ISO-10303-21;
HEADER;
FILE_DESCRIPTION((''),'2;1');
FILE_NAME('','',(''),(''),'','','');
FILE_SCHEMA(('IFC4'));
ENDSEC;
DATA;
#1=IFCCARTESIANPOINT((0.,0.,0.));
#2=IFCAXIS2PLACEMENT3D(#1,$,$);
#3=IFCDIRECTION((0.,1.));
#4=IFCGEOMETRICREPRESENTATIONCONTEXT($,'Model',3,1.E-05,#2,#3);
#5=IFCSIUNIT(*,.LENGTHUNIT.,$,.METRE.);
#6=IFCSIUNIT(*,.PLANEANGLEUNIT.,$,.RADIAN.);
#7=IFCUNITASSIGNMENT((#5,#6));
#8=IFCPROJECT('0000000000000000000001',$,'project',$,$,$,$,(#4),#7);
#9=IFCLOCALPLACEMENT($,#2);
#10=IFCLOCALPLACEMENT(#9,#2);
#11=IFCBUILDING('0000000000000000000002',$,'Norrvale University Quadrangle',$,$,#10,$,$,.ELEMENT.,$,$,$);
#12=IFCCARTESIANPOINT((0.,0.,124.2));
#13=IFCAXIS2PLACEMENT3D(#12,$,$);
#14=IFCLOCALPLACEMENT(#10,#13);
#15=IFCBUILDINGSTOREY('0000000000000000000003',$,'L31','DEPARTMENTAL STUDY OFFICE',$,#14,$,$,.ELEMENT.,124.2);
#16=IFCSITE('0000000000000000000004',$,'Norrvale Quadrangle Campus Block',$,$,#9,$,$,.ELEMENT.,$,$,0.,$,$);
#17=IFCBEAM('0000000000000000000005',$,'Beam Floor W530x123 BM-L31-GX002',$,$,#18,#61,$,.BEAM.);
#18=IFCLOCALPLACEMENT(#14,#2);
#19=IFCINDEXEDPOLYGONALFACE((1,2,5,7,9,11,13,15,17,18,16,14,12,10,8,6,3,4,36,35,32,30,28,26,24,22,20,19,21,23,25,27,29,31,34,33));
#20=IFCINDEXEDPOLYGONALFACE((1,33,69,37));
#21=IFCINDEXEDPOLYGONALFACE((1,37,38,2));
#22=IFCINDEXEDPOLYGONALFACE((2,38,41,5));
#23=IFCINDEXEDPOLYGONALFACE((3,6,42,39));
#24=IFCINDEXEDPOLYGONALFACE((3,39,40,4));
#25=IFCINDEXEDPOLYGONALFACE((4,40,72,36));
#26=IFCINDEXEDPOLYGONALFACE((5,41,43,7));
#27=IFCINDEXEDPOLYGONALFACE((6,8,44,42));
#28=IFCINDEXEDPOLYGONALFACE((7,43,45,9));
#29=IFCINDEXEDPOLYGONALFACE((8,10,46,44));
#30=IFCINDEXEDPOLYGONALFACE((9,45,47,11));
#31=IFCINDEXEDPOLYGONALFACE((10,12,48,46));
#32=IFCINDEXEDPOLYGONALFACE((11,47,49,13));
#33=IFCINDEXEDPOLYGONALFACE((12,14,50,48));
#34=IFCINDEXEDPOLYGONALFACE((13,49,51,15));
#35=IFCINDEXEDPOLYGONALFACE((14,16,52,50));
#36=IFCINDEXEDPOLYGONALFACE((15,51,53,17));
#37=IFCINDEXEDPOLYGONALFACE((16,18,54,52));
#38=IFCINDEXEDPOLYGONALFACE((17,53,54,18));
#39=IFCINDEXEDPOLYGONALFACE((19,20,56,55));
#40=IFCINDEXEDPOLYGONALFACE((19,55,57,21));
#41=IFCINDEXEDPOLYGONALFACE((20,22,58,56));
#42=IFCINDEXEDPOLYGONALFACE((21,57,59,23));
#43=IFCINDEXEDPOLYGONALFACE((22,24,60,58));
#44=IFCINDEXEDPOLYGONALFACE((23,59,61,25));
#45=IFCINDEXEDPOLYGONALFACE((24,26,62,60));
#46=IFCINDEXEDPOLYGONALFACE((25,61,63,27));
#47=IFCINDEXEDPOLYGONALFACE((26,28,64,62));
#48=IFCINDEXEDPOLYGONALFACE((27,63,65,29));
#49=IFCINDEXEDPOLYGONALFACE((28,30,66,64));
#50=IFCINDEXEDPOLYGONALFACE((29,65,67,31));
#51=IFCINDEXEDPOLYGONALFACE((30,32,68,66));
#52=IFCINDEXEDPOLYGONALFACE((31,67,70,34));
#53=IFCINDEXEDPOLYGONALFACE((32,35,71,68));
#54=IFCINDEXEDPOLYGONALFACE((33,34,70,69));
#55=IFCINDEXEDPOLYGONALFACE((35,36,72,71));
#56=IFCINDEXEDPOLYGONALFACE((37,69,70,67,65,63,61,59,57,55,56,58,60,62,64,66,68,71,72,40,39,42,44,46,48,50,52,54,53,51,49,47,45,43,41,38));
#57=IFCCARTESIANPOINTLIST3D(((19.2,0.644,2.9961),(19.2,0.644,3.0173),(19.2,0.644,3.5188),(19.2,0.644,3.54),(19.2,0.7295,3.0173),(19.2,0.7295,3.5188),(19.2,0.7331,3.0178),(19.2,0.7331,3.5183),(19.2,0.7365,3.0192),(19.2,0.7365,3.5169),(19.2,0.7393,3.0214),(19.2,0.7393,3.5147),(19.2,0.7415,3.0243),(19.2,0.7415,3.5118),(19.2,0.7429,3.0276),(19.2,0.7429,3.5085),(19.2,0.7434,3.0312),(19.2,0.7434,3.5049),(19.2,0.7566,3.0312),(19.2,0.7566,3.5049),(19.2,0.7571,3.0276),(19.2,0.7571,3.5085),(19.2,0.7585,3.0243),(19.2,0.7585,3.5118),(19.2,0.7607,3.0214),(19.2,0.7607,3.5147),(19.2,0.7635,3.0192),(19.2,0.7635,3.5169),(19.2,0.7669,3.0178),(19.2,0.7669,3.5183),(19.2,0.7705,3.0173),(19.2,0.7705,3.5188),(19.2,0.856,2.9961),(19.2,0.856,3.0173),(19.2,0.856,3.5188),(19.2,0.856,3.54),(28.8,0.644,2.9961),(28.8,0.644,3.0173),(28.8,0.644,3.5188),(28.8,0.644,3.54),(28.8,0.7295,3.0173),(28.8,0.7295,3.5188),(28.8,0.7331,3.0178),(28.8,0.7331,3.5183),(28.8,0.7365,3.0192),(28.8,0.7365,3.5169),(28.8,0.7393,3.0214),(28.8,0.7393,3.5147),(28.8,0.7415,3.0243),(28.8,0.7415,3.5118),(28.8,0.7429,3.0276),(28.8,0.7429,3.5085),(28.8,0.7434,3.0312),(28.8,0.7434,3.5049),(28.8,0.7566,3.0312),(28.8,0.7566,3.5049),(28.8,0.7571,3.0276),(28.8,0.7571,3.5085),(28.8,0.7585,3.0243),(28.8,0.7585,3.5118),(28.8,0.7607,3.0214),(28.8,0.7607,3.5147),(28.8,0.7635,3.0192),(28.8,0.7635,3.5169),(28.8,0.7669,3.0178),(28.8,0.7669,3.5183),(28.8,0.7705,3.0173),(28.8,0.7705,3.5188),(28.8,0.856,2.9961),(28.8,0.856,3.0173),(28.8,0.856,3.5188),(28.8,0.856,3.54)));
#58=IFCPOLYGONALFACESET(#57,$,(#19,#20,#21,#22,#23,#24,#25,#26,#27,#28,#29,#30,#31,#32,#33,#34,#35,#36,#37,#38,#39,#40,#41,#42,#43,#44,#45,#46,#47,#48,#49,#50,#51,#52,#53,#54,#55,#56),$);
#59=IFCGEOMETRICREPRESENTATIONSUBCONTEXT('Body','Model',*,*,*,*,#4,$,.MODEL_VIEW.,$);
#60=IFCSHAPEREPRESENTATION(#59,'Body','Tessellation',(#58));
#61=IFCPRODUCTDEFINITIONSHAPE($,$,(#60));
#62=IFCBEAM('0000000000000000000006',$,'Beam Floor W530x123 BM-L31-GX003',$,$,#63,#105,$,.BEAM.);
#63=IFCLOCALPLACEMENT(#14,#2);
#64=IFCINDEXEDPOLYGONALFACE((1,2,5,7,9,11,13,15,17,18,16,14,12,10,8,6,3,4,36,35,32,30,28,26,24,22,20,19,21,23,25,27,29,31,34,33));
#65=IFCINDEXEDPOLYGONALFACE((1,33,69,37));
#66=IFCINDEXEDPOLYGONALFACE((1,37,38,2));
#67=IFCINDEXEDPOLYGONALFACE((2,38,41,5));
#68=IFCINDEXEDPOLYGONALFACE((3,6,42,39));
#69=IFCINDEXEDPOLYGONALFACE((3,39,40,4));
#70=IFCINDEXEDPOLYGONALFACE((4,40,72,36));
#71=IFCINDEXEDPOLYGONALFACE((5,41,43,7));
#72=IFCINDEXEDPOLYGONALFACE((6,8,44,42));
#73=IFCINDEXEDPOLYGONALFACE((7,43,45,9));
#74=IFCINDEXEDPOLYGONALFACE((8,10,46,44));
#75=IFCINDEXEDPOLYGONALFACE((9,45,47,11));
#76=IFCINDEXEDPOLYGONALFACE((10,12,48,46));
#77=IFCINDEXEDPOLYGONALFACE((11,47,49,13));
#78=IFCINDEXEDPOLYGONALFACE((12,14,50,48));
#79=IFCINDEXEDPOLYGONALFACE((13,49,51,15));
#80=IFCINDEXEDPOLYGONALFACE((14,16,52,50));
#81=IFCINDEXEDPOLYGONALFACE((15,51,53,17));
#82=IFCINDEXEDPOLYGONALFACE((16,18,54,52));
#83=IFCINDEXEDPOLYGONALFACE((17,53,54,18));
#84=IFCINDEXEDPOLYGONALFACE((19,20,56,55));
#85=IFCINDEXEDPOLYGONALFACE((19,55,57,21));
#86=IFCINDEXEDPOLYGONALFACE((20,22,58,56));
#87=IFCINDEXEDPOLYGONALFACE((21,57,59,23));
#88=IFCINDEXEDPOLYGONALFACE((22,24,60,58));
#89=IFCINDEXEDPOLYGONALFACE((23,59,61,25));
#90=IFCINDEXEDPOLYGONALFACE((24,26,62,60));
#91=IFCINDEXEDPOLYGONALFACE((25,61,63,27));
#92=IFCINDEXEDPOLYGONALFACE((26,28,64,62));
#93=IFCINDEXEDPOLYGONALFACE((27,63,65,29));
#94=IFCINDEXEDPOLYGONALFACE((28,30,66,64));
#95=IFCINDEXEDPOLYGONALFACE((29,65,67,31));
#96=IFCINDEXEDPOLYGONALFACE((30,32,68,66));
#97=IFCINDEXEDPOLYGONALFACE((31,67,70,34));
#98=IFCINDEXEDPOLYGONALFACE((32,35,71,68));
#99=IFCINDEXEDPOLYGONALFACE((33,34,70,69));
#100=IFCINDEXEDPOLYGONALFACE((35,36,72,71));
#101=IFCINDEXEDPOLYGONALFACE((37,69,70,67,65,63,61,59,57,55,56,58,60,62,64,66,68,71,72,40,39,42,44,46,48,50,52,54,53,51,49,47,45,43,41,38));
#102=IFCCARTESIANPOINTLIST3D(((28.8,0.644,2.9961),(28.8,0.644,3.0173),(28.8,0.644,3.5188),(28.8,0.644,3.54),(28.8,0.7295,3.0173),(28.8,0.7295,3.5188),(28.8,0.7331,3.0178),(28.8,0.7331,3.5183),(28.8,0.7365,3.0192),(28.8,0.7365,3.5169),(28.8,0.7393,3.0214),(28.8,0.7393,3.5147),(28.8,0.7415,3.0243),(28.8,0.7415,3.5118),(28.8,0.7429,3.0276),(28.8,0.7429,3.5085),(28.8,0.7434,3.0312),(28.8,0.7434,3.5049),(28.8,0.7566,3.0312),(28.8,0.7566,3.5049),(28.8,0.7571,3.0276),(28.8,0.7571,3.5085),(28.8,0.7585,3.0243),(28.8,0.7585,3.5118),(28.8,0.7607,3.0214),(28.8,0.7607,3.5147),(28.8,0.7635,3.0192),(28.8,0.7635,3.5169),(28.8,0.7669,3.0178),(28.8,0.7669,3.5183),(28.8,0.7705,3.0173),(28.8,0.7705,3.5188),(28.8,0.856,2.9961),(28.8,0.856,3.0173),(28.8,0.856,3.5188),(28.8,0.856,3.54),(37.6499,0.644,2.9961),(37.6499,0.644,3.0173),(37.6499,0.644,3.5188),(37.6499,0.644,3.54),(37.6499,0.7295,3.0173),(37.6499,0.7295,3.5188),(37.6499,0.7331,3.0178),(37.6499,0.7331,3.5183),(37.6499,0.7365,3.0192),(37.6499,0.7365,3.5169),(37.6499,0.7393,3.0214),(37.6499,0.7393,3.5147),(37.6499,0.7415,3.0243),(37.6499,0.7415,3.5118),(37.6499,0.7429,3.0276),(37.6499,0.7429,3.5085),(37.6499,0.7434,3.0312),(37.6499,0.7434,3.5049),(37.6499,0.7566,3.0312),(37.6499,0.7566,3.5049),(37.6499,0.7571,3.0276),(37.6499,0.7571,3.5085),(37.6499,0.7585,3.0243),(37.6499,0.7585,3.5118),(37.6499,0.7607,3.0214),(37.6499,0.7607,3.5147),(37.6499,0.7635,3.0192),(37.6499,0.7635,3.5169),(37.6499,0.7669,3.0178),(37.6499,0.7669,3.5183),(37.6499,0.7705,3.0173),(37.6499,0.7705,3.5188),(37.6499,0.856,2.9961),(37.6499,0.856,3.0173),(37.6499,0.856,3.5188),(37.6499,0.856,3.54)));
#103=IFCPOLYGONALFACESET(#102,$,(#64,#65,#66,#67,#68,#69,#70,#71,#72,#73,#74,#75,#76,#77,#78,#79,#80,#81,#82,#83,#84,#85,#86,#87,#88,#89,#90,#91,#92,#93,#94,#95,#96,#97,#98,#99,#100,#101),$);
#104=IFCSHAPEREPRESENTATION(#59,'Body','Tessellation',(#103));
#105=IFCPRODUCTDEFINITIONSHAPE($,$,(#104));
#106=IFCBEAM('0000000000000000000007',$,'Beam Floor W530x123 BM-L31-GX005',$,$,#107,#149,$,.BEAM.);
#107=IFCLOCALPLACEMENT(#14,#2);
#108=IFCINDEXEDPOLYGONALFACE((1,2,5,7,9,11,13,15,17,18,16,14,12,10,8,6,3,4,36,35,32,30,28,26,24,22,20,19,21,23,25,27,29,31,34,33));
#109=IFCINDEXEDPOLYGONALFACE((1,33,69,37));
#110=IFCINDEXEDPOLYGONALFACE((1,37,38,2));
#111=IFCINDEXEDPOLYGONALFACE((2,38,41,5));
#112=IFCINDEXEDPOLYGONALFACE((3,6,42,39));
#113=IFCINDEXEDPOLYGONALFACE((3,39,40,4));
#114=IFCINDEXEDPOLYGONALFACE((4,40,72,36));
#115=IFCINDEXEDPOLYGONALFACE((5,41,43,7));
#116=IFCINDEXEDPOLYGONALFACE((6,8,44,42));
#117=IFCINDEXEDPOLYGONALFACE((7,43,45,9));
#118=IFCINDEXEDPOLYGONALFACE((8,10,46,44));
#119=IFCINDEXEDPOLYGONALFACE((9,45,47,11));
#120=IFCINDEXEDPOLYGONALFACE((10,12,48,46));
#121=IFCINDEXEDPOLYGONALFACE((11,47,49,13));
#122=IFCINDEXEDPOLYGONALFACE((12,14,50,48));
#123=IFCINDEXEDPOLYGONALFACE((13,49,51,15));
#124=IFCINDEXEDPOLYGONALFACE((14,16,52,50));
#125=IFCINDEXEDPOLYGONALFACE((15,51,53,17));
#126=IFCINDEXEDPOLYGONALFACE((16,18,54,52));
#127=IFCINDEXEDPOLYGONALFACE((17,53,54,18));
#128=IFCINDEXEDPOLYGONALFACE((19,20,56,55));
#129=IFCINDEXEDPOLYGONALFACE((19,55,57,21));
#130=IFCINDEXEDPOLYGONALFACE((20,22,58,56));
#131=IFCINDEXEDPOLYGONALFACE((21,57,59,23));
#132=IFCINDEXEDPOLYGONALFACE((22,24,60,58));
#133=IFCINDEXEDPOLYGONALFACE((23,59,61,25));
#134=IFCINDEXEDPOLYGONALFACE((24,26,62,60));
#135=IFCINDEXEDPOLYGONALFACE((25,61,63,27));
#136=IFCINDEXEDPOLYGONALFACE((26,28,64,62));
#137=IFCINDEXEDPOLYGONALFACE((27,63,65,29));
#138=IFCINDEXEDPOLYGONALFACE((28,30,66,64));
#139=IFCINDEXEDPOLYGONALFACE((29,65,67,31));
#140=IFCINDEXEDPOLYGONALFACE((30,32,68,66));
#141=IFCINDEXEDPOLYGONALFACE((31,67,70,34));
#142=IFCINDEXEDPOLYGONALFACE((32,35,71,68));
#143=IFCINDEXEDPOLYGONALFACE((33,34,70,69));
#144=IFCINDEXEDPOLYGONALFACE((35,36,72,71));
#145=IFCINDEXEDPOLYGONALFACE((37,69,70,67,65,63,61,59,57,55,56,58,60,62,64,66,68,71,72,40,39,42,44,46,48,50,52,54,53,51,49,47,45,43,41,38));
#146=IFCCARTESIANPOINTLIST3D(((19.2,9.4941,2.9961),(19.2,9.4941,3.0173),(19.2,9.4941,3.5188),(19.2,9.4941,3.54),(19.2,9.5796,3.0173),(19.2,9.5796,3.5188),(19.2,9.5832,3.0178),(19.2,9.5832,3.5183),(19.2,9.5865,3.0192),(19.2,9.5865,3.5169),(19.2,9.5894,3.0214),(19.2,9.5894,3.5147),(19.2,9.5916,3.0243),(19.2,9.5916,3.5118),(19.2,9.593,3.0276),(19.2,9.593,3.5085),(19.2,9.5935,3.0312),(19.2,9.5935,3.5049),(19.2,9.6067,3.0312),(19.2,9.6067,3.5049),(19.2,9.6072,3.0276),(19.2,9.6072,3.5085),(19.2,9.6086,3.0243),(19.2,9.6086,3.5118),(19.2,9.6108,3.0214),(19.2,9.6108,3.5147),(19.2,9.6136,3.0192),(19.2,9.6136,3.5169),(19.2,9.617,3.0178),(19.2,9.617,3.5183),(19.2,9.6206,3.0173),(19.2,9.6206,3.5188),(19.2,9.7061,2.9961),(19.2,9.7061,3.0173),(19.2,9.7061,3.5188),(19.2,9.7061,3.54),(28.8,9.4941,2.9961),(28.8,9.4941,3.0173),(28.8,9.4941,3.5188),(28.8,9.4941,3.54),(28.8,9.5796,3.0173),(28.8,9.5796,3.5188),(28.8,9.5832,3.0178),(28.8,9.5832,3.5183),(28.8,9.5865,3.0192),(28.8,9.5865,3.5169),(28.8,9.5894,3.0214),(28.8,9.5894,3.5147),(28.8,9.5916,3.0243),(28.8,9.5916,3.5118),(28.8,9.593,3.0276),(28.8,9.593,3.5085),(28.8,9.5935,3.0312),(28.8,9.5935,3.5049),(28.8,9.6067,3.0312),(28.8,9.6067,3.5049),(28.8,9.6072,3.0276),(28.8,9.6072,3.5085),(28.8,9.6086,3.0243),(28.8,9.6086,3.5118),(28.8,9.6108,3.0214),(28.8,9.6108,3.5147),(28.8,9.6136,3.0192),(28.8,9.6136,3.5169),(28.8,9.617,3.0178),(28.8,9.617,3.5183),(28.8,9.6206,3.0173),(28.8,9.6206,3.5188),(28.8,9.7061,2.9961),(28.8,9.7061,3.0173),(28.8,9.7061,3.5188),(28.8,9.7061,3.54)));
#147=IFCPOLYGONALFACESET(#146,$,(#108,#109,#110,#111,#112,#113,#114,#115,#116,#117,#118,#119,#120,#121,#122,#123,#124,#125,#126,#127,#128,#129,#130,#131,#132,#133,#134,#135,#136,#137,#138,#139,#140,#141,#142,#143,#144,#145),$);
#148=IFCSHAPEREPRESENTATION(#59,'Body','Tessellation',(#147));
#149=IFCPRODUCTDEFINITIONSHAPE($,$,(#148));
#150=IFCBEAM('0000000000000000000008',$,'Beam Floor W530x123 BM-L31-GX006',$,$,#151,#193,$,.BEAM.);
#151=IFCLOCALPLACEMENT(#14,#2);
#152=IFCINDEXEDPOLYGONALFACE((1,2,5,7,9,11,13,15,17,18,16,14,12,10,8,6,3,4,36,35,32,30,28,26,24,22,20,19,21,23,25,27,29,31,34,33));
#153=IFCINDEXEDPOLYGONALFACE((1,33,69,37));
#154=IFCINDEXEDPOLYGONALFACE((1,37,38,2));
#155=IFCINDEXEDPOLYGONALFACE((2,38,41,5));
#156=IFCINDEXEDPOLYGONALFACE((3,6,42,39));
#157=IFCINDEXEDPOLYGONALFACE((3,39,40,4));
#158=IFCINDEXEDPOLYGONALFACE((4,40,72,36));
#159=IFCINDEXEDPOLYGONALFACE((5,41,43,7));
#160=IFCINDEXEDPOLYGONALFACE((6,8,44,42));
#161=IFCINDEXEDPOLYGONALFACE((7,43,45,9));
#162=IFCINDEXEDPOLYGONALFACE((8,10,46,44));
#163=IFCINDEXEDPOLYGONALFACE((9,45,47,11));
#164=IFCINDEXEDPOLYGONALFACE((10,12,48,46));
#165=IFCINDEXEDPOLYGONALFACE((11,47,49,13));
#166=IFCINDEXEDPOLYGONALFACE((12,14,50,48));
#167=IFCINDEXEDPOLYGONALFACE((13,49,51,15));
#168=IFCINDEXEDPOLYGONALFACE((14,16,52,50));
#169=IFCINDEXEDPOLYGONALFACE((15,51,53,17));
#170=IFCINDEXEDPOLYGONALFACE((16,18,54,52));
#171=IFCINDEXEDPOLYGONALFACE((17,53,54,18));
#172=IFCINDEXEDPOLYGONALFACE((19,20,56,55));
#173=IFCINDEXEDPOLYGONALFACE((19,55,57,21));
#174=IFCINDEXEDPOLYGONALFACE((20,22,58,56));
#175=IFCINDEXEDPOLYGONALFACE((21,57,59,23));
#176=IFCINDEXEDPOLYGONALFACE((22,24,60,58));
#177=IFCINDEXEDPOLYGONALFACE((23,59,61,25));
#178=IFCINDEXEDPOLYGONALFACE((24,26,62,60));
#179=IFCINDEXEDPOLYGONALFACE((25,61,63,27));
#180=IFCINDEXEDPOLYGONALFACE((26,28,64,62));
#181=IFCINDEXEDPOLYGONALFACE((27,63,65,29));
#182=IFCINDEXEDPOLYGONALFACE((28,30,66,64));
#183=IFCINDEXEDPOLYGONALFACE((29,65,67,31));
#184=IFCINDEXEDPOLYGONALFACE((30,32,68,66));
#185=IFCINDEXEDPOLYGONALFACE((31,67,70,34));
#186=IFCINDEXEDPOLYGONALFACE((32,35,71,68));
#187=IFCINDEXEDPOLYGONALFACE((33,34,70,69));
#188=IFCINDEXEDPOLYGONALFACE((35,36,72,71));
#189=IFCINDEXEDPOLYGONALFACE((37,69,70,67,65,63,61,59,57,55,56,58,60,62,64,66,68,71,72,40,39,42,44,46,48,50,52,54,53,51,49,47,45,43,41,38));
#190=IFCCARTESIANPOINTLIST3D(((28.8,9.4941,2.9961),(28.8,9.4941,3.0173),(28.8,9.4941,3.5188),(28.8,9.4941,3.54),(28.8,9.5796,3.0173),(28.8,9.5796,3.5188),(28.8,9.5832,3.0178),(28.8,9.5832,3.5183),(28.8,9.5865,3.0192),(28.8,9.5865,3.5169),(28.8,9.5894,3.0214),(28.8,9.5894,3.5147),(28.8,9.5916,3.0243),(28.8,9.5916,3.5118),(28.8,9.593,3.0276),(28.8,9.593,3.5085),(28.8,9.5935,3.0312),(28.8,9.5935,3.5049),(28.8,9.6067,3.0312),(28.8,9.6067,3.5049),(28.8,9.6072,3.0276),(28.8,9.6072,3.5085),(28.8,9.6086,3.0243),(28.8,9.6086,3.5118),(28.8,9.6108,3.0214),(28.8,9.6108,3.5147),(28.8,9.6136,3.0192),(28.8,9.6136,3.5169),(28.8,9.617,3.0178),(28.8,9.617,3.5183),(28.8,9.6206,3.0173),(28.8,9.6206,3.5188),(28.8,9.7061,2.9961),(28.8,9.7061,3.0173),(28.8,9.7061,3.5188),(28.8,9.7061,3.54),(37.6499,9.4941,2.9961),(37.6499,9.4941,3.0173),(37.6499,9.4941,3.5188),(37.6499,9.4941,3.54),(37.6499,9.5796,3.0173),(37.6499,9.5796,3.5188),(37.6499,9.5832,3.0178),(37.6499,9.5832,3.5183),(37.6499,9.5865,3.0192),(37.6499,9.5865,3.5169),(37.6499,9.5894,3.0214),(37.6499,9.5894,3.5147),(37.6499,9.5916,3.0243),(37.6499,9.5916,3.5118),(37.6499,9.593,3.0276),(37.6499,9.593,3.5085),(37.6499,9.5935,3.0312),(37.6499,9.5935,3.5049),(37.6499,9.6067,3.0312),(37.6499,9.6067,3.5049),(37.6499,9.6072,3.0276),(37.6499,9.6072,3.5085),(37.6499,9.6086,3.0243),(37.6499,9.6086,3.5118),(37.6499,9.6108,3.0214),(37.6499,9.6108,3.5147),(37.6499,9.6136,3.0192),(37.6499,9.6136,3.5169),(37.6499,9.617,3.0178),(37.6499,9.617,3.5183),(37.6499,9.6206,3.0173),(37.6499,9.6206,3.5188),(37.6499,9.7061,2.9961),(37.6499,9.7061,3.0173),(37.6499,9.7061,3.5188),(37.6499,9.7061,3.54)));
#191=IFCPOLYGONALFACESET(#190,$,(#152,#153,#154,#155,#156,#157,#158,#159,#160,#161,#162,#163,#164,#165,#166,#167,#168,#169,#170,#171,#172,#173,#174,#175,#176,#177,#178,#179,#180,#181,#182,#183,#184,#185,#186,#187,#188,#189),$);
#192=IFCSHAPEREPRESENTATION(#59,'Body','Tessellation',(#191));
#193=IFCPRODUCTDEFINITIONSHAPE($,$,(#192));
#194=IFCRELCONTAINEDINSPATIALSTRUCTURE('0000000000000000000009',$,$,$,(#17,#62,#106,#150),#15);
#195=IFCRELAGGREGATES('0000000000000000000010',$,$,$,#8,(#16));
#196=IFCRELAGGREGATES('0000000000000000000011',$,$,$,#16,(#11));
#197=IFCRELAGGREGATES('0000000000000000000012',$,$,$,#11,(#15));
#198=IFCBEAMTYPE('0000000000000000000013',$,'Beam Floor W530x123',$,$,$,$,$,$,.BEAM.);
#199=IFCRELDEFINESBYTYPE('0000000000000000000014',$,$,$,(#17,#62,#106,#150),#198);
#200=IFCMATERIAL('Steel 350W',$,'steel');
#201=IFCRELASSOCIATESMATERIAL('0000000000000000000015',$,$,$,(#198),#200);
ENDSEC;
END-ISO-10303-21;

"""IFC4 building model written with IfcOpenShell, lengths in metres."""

from ifc_helpers import new_model, si_unit, direction, frame, origin, origin_2d, place, context, subcontext, project, spatial, i_section, extrude, material, material_profile, profile_set, type_object, element, save


model = new_model("IFC4")

# Units and contexts
model_context = context("Model", 3, precision=1e-05, world=origin(), true_north=direction((0.0, 1.0)))
body_context = subcontext(model_context, "Body", "Model", "MODEL_VIEW")
ifc_project = project(units=[si_unit("LENGTHUNIT", "METRE"), si_unit("PLANEANGLEUNIT", "RADIAN")], contexts=[model_context])

# Site, building, storey
site_placement = place(None, origin())
site = spatial("IfcSite", under=ifc_project, at=site_placement, Name="Norrvale Quadrangle Campus Block", CompositionType="ELEMENT", RefElevation=0.0)
building_placement = place(site_placement, origin())
building = spatial("IfcBuilding", under=site, at=building_placement, Name="Norrvale University Quadrangle", CompositionType="ELEMENT")
storey_placement = place(building_placement, frame((0.0, 0.0, 124.2)))
storey = spatial("IfcBuildingStorey", under=building, at=storey_placement, Name="L31", Description="DEPARTMENTAL STUDY OFFICE", CompositionType="ELEMENT", Elevation=124.2)

# Beams
ifc_material_1 = material(Name="Steel 350W", Category="steel")
ifc_material_profile_1 = material_profile(ifc_material_1, i_section(OverallWidth=0.2119, OverallDepth=0.5439, WebThickness=0.0132, FlangeThickness=0.0212, FilletRadius=0.0139, at=origin_2d()), Name="Steel 350W")
ifc_profile_set_1 = profile_set([ifc_material_profile_1], Name="Steel 350W")
beam_type_1 = type_object("IfcBeamType", Name="Beam Floor W530x123", PredefinedType="BEAM", material=ifc_profile_set_1)
beam_1_placement = place(storey_placement, frame((19.2, 0.75, 3.2681), z_axis=(1.0, 0.0, 0.0), x_axis=(0.0, 1.0, 0.0)))
element("IfcBeam", 1, at=beam_1_placement, inside=storey, type_object=beam_type_1, Name="Beam Floor W530x123 BM-L31-GX002", PredefinedType="BEAM", context=body_context, shape_type="SweptSolid", body=[
    extrude(i_section(OverallWidth=0.2119, OverallDepth=0.5439, WebThickness=0.0132, FlangeThickness=0.0212, FilletRadius=0.0139, at=origin_2d()), origin(), (0.0, 0.0, 1.0), 9.6001),
])
beam_2_placement = place(storey_placement, frame((28.8, 0.75, 3.2681), z_axis=(1.0, 0.0, 0.0), x_axis=(0.0, 1.0, 0.0)))
element("IfcBeam", 2, at=beam_2_placement, inside=storey, type_object=beam_type_1, Name="Beam Floor W530x123 BM-L31-GX003", PredefinedType="BEAM", context=body_context, shape_type="SweptSolid", body=[
    extrude(i_section(OverallWidth=0.2119, OverallDepth=0.5439, WebThickness=0.0132, FlangeThickness=0.0212, FilletRadius=0.0139, at=origin_2d()), origin(), (0.0, 0.0, 1.0), 8.8499),
])
beam_3_placement = place(storey_placement, frame((19.2, 9.6001, 3.2681), z_axis=(1.0, 0.0, 0.0), x_axis=(0.0, 1.0, 0.0)))
element("IfcBeam", 3, at=beam_3_placement, inside=storey, type_object=beam_type_1, Name="Beam Floor W530x123 BM-L31-GX005", PredefinedType="BEAM", context=body_context, shape_type="SweptSolid", body=[
    extrude(i_section(OverallWidth=0.2119, OverallDepth=0.5439, WebThickness=0.0132, FlangeThickness=0.0212, FilletRadius=0.0139, at=origin_2d()), origin(), (0.0, 0.0, 1.0), 9.6001),
])
beam_4_placement = place(storey_placement, frame((28.8, 9.6001, 3.2681), z_axis=(1.0, 0.0, 0.0), x_axis=(0.0, 1.0, 0.0)))
element("IfcBeam", 4, at=beam_4_placement, inside=storey, type_object=beam_type_1, Name="Beam Floor W530x123 BM-L31-GX006", PredefinedType="BEAM", context=body_context, shape_type="SweptSolid", body=[
    extrude(i_section(OverallWidth=0.2119, OverallDepth=0.5439, WebThickness=0.0132, FlangeThickness=0.0212, FilletRadius=0.0139, at=origin_2d()), origin(), (0.0, 0.0, 1.0), 8.8499),
])

save(model, "model.ifc")
